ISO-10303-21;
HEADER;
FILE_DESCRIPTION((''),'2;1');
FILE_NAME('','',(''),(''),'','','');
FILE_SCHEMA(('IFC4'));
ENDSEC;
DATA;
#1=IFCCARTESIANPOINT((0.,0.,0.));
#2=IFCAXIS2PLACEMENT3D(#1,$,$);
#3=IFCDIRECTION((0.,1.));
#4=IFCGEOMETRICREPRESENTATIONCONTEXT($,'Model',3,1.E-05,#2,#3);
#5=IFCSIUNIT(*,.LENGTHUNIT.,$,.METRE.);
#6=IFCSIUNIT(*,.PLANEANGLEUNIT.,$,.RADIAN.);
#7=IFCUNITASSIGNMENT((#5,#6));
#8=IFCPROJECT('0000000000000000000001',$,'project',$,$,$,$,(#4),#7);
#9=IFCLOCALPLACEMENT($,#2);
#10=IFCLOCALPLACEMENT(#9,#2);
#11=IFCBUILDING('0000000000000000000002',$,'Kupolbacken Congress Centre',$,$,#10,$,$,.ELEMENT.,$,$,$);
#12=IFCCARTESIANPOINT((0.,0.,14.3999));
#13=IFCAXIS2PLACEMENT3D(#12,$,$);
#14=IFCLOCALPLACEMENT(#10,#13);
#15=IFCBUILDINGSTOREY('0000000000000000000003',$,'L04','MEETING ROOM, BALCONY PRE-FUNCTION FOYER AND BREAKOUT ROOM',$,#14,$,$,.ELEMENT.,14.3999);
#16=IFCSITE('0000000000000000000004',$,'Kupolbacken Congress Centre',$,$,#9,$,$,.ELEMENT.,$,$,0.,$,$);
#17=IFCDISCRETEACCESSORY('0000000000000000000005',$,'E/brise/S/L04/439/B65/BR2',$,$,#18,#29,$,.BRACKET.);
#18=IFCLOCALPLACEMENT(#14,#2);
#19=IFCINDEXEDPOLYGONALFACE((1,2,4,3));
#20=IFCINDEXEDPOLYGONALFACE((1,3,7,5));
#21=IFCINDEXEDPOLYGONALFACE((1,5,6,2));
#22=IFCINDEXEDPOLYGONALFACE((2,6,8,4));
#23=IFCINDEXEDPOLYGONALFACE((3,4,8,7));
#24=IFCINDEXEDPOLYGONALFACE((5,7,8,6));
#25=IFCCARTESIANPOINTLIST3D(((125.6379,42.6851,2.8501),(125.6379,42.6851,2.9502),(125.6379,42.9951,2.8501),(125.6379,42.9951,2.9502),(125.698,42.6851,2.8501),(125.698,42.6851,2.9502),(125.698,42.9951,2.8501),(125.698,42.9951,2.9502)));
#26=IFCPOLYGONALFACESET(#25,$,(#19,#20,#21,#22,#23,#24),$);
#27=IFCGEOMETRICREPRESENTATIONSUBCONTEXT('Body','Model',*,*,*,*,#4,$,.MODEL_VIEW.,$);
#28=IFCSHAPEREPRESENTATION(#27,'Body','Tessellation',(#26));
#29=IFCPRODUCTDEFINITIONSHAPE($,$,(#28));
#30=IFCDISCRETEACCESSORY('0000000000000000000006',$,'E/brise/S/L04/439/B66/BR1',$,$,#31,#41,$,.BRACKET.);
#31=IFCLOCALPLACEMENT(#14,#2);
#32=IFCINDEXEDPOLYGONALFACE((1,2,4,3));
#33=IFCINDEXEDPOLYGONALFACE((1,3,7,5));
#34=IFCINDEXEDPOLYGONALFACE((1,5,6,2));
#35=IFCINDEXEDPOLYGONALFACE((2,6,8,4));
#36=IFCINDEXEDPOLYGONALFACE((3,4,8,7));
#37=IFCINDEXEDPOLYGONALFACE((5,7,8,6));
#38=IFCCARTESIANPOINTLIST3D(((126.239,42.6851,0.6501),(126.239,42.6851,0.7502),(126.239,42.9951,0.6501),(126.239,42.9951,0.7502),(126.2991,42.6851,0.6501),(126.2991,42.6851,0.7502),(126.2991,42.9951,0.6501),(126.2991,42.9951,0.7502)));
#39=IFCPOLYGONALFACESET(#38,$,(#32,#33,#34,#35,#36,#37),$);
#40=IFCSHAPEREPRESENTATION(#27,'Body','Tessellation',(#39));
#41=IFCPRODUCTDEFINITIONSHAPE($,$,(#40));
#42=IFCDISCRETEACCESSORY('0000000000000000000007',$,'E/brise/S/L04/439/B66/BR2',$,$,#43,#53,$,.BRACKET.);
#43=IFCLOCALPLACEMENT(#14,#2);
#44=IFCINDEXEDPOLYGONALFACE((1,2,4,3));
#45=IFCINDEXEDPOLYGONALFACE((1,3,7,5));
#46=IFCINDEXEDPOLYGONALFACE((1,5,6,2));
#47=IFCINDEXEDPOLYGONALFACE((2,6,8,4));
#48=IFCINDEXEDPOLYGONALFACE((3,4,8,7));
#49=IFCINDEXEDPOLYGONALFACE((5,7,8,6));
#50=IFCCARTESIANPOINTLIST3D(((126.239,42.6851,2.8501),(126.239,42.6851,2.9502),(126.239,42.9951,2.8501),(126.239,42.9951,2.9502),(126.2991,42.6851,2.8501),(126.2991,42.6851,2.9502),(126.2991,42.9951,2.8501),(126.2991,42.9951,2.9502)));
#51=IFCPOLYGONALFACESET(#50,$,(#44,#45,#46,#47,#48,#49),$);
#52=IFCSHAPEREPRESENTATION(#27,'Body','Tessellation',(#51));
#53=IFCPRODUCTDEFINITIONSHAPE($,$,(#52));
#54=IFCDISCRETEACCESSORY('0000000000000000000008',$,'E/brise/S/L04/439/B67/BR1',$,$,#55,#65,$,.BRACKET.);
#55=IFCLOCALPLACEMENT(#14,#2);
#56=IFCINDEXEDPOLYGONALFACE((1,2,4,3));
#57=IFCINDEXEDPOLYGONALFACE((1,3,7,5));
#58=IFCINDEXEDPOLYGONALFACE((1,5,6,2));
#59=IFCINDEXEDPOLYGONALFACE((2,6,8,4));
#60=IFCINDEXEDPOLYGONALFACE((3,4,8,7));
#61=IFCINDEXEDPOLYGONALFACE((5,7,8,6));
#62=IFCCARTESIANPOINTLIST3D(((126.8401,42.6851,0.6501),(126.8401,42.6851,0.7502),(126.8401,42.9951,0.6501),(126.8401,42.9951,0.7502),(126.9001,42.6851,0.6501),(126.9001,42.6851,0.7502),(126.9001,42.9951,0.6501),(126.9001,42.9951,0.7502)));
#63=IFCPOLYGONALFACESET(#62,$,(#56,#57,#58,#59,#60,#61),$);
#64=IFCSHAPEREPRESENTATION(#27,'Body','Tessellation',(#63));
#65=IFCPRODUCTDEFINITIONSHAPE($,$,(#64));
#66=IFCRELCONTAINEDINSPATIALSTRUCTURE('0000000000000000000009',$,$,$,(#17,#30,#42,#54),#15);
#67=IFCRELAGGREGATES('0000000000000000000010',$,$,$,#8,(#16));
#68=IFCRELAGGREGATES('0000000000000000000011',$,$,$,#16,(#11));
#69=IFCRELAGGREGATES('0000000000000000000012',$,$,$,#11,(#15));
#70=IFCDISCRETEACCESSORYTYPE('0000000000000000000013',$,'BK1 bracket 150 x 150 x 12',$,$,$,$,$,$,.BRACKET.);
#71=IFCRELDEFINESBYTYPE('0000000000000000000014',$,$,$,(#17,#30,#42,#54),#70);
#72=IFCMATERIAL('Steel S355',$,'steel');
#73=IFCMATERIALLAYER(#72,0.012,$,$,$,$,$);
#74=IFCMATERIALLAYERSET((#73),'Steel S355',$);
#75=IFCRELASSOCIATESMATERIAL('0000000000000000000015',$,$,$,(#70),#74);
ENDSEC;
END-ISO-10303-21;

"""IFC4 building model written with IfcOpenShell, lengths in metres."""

from ifc_helpers import new_model, si_unit, direction, frame, origin, origin_2d, place, context, subcontext, project, spatial, rectangle, extrude, material, layer, layer_set, type_object, element, save


model = new_model("IFC4")

# Units and contexts
model_context = context("Model", 3, precision=1e-05, world=origin(), true_north=direction((0.0, 1.0)))
body_context = subcontext(model_context, "Body", "Model", "MODEL_VIEW")
ifc_project = project(units=[si_unit("LENGTHUNIT", "METRE"), si_unit("PLANEANGLEUNIT", "RADIAN")], contexts=[model_context])

# Site, building, storey
site_placement = place(None, origin())
site = spatial("IfcSite", under=ifc_project, at=site_placement, Name="Kupolbacken Congress Centre", CompositionType="ELEMENT", RefElevation=0.0)
building_placement = place(site_placement, origin())
building = spatial("IfcBuilding", under=site, at=building_placement, Name="Kupolbacken Congress Centre", CompositionType="ELEMENT")
storey_placement = place(building_placement, frame((0.0, 0.0, 14.3999)))
storey = spatial("IfcBuildingStorey", under=building, at=storey_placement, Name="L04", Description="MEETING ROOM, BALCONY PRE-FUNCTION FOYER AND BREAKOUT ROOM", CompositionType="ELEMENT", Elevation=14.3999)

# Discrete accessories
ifc_material_1 = material(Name="Steel S355", Category="steel")
ifc_layer = layer(ifc_material_1, 0.012)
ifc_layer_set = layer_set([ifc_layer], Name="Steel S355")
discrete_accessory_type = type_object("IfcDiscreteAccessoryType", Name="BK1 bracket 150 x 150 x 12", PredefinedType="BRACKET", material=ifc_layer_set)
for number, where, z_axis, x_axis, name in (
    (1, (125.668, 42.8401, 2.8501), (0.0, 0.0, 1.0), (1.0, 0.0, 0.0), "E/brise/S/L04/439/B65/BR2"),
    (2, (126.269, 42.8401, 0.6501), (0.0, 0.0, 1.0), (1.0, 0.0, 0.0), "E/brise/S/L04/439/B66/BR1"),
    (3, (126.269, 42.8401, 2.8501), (0.0, 0.0, 1.0), (1.0, 0.0, 0.0), "E/brise/S/L04/439/B66/BR2"),
    (4, (126.8701, 42.8401, 0.6501), (0.0, 0.0, 1.0), (1.0, 0.0, 0.0), "E/brise/S/L04/439/B67/BR1"),
):
    element("IfcDiscreteAccessory", number, at=place(storey_placement, frame(where, z_axis=z_axis, x_axis=x_axis)), inside=storey, type_object=discrete_accessory_type, Name=name, PredefinedType="BRACKET", context=body_context, shape_type="SweptSolid", body=[
        extrude(rectangle(XDim=0.0601, YDim=0.3101, at=origin_2d()), origin(), (0.0, 0.0, 1.0), 0.1001),
    ])

save(model, "model.ifc")
